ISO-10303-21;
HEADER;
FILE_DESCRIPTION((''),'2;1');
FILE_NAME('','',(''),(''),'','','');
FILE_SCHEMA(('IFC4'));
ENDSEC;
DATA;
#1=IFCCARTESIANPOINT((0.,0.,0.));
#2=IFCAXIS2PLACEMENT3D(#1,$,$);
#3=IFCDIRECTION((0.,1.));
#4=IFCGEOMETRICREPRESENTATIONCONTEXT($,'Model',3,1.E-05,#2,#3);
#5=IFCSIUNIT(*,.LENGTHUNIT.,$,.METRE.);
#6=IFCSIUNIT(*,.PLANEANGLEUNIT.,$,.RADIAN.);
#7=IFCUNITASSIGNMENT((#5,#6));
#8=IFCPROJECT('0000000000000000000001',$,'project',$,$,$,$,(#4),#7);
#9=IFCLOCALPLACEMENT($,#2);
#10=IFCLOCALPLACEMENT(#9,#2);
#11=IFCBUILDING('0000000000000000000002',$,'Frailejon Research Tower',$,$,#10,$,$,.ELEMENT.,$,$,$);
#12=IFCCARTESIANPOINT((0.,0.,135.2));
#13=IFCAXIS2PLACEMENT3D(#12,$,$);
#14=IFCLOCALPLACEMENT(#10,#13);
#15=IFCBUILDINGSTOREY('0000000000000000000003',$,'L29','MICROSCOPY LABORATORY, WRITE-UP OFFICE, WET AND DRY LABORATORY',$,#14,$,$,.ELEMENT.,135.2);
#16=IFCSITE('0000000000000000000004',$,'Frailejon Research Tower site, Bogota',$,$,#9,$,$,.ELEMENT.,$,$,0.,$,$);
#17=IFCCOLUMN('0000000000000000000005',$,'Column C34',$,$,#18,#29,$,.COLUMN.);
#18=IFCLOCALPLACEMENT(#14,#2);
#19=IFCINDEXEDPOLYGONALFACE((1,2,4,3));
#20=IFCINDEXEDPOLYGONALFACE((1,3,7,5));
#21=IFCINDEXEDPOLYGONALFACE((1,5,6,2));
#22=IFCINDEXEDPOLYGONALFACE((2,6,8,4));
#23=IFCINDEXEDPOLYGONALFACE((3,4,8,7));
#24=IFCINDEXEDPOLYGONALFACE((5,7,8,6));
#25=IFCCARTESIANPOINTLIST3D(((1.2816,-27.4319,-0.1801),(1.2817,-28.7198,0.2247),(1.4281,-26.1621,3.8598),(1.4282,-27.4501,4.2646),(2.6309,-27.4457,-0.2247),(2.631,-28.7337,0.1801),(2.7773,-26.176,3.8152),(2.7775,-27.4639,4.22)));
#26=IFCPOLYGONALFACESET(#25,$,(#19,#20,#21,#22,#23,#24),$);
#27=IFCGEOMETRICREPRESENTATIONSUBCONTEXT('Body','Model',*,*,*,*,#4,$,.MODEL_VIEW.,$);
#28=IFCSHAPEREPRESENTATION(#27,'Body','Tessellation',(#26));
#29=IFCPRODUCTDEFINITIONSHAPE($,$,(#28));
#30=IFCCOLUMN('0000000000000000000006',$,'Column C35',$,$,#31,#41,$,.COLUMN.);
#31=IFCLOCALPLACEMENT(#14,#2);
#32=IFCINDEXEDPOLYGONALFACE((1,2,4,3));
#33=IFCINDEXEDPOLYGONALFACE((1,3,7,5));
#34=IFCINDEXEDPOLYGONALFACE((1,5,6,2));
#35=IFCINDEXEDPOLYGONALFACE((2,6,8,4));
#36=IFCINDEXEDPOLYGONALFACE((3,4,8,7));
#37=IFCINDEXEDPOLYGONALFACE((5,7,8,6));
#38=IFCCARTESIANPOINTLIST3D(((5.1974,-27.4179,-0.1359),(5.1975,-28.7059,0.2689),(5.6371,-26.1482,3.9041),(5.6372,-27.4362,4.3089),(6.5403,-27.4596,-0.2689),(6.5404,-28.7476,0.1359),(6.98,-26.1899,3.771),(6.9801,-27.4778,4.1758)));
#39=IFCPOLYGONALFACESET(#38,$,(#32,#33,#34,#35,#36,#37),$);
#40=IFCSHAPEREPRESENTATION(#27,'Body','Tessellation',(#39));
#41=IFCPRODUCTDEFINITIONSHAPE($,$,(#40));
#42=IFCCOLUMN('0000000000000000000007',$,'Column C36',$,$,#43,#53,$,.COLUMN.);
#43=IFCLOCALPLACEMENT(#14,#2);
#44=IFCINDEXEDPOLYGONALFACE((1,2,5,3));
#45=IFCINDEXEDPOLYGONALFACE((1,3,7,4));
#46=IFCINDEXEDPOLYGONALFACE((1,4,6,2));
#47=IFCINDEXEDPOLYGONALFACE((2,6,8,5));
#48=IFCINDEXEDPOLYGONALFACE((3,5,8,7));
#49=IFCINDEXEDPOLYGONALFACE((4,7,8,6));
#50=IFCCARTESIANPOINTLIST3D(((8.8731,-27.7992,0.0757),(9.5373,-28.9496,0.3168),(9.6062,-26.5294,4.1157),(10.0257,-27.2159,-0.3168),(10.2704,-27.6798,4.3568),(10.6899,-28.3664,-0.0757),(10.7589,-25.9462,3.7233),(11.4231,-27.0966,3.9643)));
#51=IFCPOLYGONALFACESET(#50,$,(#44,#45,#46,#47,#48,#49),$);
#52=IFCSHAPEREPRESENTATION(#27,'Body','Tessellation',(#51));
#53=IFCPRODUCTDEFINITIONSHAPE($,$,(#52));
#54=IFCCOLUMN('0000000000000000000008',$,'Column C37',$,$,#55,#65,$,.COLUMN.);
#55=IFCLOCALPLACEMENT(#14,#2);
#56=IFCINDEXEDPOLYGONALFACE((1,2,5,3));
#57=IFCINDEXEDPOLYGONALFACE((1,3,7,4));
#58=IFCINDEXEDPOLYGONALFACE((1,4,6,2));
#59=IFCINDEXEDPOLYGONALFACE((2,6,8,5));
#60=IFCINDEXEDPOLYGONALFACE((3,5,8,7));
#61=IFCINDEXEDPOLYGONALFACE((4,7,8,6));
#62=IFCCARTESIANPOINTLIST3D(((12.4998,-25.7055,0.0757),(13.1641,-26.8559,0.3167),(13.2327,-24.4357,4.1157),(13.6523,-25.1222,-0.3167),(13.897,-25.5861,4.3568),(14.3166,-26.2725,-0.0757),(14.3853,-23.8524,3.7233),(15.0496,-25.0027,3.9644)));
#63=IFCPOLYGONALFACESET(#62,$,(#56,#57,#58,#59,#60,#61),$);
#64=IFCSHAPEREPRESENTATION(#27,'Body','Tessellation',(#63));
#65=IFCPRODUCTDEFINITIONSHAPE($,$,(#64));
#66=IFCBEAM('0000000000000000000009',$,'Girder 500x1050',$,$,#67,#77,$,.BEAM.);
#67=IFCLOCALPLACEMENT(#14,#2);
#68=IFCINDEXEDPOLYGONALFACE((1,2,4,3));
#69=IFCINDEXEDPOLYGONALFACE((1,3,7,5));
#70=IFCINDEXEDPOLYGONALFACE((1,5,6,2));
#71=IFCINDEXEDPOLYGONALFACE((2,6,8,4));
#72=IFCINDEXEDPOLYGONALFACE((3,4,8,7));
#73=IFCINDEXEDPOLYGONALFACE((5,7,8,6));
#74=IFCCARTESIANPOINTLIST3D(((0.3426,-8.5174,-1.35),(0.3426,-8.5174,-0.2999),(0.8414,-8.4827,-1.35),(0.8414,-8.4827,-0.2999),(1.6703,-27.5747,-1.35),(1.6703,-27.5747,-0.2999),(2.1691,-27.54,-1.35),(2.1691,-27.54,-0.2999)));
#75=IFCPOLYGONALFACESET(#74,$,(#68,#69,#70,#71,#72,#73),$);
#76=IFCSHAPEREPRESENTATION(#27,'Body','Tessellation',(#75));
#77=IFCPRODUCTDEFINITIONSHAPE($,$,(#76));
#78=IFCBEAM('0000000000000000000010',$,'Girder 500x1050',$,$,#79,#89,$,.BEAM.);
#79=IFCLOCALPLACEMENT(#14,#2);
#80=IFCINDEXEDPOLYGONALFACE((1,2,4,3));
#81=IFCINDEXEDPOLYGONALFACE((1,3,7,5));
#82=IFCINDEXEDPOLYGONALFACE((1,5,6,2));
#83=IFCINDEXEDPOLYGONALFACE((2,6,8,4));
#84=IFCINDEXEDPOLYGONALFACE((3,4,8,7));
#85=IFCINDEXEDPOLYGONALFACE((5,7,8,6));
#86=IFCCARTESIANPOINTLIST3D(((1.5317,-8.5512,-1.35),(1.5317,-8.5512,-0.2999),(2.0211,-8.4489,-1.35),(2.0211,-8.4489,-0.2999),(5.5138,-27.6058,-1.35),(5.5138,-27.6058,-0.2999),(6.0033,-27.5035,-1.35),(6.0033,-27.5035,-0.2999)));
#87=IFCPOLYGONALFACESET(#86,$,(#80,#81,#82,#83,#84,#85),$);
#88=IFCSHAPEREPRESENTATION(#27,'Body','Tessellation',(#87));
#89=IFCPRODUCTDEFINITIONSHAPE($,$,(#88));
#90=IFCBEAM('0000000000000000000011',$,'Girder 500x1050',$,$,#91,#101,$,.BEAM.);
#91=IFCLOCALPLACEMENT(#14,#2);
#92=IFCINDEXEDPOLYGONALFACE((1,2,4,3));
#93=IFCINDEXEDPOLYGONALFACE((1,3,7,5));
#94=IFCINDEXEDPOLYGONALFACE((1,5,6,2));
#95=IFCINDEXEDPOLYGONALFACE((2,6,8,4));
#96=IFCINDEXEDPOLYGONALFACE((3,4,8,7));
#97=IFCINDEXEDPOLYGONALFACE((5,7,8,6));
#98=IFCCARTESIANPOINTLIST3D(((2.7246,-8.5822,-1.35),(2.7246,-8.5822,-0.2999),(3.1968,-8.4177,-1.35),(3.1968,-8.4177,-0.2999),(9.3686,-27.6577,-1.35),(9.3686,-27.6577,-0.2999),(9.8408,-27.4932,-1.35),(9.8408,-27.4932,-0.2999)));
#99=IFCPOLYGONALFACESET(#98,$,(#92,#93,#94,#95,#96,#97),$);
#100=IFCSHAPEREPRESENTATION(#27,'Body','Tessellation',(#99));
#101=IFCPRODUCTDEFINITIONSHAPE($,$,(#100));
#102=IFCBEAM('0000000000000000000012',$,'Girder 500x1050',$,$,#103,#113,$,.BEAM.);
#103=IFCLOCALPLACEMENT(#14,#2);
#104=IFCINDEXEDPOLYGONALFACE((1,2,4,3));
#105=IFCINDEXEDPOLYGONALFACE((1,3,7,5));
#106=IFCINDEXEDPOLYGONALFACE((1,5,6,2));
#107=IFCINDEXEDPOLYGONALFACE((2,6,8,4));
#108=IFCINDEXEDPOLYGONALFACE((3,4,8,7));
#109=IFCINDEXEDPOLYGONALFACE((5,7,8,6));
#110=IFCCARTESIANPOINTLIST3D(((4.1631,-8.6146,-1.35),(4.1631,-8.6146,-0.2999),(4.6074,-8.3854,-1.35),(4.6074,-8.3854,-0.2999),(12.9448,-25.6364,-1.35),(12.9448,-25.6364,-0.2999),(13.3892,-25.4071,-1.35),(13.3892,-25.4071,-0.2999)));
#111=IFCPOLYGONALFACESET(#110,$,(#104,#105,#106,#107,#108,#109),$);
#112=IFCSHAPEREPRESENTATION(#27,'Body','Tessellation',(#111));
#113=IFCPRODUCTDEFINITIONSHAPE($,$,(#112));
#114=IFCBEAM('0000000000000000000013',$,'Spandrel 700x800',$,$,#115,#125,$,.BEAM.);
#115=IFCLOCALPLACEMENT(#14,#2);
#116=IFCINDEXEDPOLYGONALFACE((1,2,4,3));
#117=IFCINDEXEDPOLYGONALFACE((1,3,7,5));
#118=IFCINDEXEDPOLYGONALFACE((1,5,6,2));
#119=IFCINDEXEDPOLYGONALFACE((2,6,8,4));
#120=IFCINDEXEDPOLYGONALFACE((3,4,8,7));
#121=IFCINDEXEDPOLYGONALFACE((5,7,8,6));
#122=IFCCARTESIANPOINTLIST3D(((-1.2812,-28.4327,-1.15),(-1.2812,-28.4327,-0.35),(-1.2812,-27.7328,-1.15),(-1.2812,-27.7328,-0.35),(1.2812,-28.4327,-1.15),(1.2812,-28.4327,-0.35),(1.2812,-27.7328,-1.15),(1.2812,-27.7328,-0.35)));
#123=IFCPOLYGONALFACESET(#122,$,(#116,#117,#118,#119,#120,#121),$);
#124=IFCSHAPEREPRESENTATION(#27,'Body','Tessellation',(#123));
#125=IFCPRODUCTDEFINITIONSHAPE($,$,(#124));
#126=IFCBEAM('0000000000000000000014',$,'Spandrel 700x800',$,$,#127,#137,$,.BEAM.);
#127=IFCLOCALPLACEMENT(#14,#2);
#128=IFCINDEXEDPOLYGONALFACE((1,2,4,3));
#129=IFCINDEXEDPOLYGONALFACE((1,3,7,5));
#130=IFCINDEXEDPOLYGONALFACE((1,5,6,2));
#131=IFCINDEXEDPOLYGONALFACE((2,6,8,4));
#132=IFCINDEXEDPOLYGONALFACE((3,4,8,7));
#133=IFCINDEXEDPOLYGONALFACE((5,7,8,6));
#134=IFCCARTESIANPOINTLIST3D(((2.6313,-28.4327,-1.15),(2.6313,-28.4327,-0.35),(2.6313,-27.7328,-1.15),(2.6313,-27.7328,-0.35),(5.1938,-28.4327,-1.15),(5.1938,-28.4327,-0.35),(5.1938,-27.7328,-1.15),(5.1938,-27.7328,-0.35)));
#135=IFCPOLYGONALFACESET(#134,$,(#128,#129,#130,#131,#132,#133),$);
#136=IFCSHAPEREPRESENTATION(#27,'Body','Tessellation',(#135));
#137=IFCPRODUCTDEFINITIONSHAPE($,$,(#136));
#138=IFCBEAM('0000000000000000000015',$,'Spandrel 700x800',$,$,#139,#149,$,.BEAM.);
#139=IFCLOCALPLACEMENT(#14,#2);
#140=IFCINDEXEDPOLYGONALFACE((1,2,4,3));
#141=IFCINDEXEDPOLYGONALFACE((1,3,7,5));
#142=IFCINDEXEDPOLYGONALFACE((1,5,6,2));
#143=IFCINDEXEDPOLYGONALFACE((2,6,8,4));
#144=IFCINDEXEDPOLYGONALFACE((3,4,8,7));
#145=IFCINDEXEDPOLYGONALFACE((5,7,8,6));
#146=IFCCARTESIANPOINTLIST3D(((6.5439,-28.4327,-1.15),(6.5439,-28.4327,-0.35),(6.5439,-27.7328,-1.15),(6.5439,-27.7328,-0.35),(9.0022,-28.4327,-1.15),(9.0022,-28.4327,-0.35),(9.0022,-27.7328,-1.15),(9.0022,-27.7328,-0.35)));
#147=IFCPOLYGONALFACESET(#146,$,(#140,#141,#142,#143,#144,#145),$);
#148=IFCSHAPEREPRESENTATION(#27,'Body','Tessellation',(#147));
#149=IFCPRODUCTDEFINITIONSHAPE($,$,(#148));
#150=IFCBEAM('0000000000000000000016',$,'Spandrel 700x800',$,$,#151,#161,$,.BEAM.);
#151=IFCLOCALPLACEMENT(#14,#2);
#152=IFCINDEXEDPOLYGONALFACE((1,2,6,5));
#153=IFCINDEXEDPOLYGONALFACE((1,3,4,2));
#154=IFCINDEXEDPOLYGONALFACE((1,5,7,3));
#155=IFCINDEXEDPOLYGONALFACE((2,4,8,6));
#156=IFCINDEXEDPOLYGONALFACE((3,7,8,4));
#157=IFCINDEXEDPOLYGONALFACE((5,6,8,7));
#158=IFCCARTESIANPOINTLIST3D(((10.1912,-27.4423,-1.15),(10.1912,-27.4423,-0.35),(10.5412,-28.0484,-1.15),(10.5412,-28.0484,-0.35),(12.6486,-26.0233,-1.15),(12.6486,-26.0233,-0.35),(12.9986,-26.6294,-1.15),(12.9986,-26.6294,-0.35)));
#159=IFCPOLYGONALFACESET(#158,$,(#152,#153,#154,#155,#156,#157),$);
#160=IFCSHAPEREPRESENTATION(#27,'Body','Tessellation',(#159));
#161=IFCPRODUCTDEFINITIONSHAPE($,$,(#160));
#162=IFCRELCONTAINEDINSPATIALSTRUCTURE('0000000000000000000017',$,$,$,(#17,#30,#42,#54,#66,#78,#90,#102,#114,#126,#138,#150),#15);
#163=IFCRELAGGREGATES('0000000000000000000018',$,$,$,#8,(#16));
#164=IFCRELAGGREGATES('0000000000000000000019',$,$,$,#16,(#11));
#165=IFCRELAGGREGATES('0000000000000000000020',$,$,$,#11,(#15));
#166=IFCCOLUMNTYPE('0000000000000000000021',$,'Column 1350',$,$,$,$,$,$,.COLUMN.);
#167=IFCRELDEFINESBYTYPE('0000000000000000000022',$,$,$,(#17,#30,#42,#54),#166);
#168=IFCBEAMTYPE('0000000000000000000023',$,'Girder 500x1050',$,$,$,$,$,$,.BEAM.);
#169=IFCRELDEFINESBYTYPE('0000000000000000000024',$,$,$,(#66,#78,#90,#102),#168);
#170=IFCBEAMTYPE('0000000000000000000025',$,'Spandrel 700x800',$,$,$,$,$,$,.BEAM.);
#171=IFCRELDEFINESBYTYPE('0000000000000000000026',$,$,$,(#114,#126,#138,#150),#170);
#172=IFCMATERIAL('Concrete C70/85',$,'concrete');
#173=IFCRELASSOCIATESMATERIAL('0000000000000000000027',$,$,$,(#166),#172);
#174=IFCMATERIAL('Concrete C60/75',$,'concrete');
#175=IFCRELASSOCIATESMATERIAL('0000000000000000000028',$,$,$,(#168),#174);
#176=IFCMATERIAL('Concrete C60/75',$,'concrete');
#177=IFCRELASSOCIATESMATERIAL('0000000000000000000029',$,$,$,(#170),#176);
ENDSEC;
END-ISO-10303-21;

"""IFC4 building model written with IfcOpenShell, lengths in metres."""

from ifc_helpers import new_model, si_unit, direction, frame, origin, origin_2d, place, context, subcontext, project, spatial, rectangle, extrude, material, material_profile, profile_set, type_object, element, save


model = new_model("IFC4")

# Units and contexts
model_context = context("Model", 3, precision=1e-05, world=origin(), true_north=direction((0.0, 1.0)))
body_context = subcontext(model_context, "Body", "Model", "MODEL_VIEW")
ifc_project = project(units=[si_unit("LENGTHUNIT", "METRE"), si_unit("PLANEANGLEUNIT", "RADIAN")], contexts=[model_context])

# Site, building, storey
site_placement = place(None, origin())
site = spatial("IfcSite", under=ifc_project, at=site_placement, Name="Frailejon Research Tower site, Bogota", CompositionType="ELEMENT", RefElevation=0.0)
building_placement = place(site_placement, origin())
building = spatial("IfcBuilding", under=site, at=building_placement, Name="Frailejon Research Tower", CompositionType="ELEMENT")
storey_placement = place(building_placement, frame((0.0, 0.0, 135.2)))
storey = spatial("IfcBuildingStorey", under=building, at=storey_placement, Name="L29", Description="MICROSCOPY LABORATORY, WRITE-UP OFFICE, WET AND DRY LABORATORY", CompositionType="ELEMENT", Elevation=135.2)

# Columns
ifc_material_1 = material(Name="Concrete C70/85", Category="concrete")
ifc_material_profile_1 = material_profile(ifc_material_1, rectangle(XDim=1.3501, YDim=1.3501, at=origin_2d()), Name="Column 1350")
ifc_profile_set_1 = profile_set([ifc_material_profile_1], Name="Concrete C70/85")
column_type = type_object("IfcColumnType", Name="Column 1350", PredefinedType="COLUMN", material=ifc_profile_set_1)
column_1_placement = place(storey_placement, frame((1.9563, -28.0828, 0.0), z_axis=(0.034569, 0.299658, 0.95342), x_axis=(0.999402, -0.01025, -0.033015)))
element("IfcColumn", 1, at=column_1_placement, inside=storey, type_object=column_type, Name="Column C34", PredefinedType="COLUMN", context=body_context, shape_type="SweptSolid", body=[
    extrude(rectangle(XDim=1.3501, YDim=1.3501, at=origin_2d()), origin(), (0.0, 0.0, 1.0), 4.2373),
])
column_2_placement = place(storey_placement, frame((5.8689, -28.0828, 0.0), z_axis=(0.103272, 0.298234, 0.94889), x_axis=(0.994653, -0.030866, -0.098552)))
element("IfcColumn", 2, at=column_2_placement, inside=storey, type_object=column_type, Name="Column C35", PredefinedType="COLUMN", context=body_context, shape_type="SweptSolid", body=[
    extrude(rectangle(XDim=1.3501, YDim=1.3501, at=origin_2d()), origin(), (0.0, 0.0, 1.0), 4.2576),
])
for number, where, z_axis, x_axis, name in (
    (3, (9.7815, -28.0828, 0.0), (0.170585, 0.295442, 0.940008), (0.85374, 0.431994, -0.290705), "Column C36"),
    (4, (13.4082, -25.989, 0.0), (0.17053, 0.295445, 0.940017), (0.853708, 0.432077, -0.290674), "Column C37"),
):
    element("IfcColumn", number, at=place(storey_placement, frame(where, z_axis=z_axis, x_axis=x_axis)), inside=storey, type_object=column_type, Name=name, PredefinedType="COLUMN", context=body_context, shape_type="SweptSolid", body=[
        extrude(rectangle(XDim=1.3501, YDim=1.3501, at=origin_2d()), origin(), (0.0, 0.0, 1.0), 4.2979),
    ])

# Beams
ifc_material_2 = material(Name="Concrete C60/75", Category="concrete")
ifc_material_profile_2 = material_profile(ifc_material_2, rectangle(XDim=0.5, YDim=1.05, at=origin_2d()), Name="Girder 500x1050")
ifc_profile_set_2 = profile_set([ifc_material_profile_2], Name="Concrete C60/75")
beam_type_1 = type_object("IfcBeamType", Name="Girder 500x1050", PredefinedType="BEAM", material=ifc_profile_set_2)
beam_1_placement = place(storey_placement, frame((1.9197, -27.5574, -0.825), z_axis=(-0.069497, 0.997582, 0.0), x_axis=(-0.997582, -0.069497, 0.0)))
element("IfcBeam", 5, at=beam_1_placement, inside=storey, type_object=beam_type_1, Name="Girder 500x1050", PredefinedType="BEAM", context=body_context, shape_type="SweptSolid", body=[
    extrude(rectangle(XDim=0.5, YDim=1.05, at=origin_2d()), origin(), (0.0, 0.0, 1.0), 19.1035),
])
beam_2_placement = place(storey_placement, frame((5.7585, -27.5547, -0.825), z_axis=(-0.204567, 0.978853, 0.0), x_axis=(-0.978853, -0.204567, 0.0)))
element("IfcBeam", 6, at=beam_2_placement, inside=storey, type_object=beam_type_1, Name="Girder 500x1050", PredefinedType="BEAM", context=body_context, shape_type="SweptSolid", body=[
    extrude(rectangle(XDim=0.5, YDim=1.05, at=origin_2d()), origin(), (0.0, 0.0, 1.0), 19.4663),
])
beam_3_placement = place(storey_placement, frame((9.6047, -27.5754, -0.825), z_axis=(-0.328923, 0.944357, 0.0), x_axis=(-0.944357, -0.328923, 0.0)))
element("IfcBeam", 7, at=beam_3_placement, inside=storey, type_object=beam_type_1, Name="Girder 500x1050", PredefinedType="BEAM", context=body_context, shape_type="SweptSolid", body=[
    extrude(rectangle(XDim=0.5, YDim=1.05, at=origin_2d()), origin(), (0.0, 0.0, 1.0), 20.1995),
])
beam_4_placement = place(storey_placement, frame((13.167, -25.5217, -0.825), z_axis=(-0.458492, 0.888699, 0.0), x_axis=(-0.888699, -0.458492, 0.0)))
element("IfcBeam", 8, at=beam_4_placement, inside=storey, type_object=beam_type_1, Name="Girder 500x1050", PredefinedType="BEAM", context=body_context, shape_type="SweptSolid", body=[
    extrude(rectangle(XDim=0.5, YDim=1.05, at=origin_2d()), origin(), (0.0, 0.0, 1.0), 19.1536),
])
ifc_material_3 = material(Name="Concrete C60/75", Category="concrete")
ifc_material_profile_3 = material_profile(ifc_material_3, rectangle(XDim=0.7, YDim=0.8, at=origin_2d()), Name="Spandrel 700x800")
ifc_profile_set_3 = profile_set([ifc_material_profile_3], Name="Concrete C60/75")
beam_type_2 = type_object("IfcBeamType", Name="Spandrel 700x800", PredefinedType="BEAM", material=ifc_profile_set_3)
for number, where, z_axis, x_axis, name in (
    (9, (-1.2812, -28.0828, -0.75), (1.0, 0.0, 0.0), (0.0, 1.0, 0.0), "Spandrel 700x800"),
    (10, (2.6313, -28.0828, -0.75), (1.0, 0.0, 0.0), (0.0, 1.0, 0.0), "Spandrel 700x800"),
):
    element("IfcBeam", number, at=place(storey_placement, frame(where, z_axis=z_axis, x_axis=x_axis)), inside=storey, type_object=beam_type_2, Name=name, PredefinedType="BEAM", context=body_context, shape_type="SweptSolid", body=[
        extrude(rectangle(XDim=0.7, YDim=0.8, at=origin_2d()), origin(), (0.0, 0.0, 1.0), 2.5625),
    ])
beam_5_placement = place(storey_placement, frame((6.5439, -28.0828, -0.75), z_axis=(1.0, 0.0, 0.0), x_axis=(0.0, 1.0, 0.0)))
element("IfcBeam", 11, at=beam_5_placement, inside=storey, type_object=beam_type_2, Name="Spandrel 700x800", PredefinedType="BEAM", context=body_context, shape_type="SweptSolid", body=[
    extrude(rectangle(XDim=0.7, YDim=0.8, at=origin_2d()), origin(), (0.0, 0.0, 1.0), 2.4583),
])
beam_6_placement = place(storey_placement, frame((10.3662, -27.7454, -0.75), z_axis=(0.865989, 0.500063, 0.0), x_axis=(-0.500063, 0.865989, 0.0)))
element("IfcBeam", 12, at=beam_6_placement, inside=storey, type_object=beam_type_2, Name="Spandrel 700x800", PredefinedType="BEAM", context=body_context, shape_type="SweptSolid", body=[
    extrude(rectangle(XDim=0.7, YDim=0.8, at=origin_2d()), origin(), (0.0, 0.0, 1.0), 2.8376),
])

save(model, "model.ifc")
